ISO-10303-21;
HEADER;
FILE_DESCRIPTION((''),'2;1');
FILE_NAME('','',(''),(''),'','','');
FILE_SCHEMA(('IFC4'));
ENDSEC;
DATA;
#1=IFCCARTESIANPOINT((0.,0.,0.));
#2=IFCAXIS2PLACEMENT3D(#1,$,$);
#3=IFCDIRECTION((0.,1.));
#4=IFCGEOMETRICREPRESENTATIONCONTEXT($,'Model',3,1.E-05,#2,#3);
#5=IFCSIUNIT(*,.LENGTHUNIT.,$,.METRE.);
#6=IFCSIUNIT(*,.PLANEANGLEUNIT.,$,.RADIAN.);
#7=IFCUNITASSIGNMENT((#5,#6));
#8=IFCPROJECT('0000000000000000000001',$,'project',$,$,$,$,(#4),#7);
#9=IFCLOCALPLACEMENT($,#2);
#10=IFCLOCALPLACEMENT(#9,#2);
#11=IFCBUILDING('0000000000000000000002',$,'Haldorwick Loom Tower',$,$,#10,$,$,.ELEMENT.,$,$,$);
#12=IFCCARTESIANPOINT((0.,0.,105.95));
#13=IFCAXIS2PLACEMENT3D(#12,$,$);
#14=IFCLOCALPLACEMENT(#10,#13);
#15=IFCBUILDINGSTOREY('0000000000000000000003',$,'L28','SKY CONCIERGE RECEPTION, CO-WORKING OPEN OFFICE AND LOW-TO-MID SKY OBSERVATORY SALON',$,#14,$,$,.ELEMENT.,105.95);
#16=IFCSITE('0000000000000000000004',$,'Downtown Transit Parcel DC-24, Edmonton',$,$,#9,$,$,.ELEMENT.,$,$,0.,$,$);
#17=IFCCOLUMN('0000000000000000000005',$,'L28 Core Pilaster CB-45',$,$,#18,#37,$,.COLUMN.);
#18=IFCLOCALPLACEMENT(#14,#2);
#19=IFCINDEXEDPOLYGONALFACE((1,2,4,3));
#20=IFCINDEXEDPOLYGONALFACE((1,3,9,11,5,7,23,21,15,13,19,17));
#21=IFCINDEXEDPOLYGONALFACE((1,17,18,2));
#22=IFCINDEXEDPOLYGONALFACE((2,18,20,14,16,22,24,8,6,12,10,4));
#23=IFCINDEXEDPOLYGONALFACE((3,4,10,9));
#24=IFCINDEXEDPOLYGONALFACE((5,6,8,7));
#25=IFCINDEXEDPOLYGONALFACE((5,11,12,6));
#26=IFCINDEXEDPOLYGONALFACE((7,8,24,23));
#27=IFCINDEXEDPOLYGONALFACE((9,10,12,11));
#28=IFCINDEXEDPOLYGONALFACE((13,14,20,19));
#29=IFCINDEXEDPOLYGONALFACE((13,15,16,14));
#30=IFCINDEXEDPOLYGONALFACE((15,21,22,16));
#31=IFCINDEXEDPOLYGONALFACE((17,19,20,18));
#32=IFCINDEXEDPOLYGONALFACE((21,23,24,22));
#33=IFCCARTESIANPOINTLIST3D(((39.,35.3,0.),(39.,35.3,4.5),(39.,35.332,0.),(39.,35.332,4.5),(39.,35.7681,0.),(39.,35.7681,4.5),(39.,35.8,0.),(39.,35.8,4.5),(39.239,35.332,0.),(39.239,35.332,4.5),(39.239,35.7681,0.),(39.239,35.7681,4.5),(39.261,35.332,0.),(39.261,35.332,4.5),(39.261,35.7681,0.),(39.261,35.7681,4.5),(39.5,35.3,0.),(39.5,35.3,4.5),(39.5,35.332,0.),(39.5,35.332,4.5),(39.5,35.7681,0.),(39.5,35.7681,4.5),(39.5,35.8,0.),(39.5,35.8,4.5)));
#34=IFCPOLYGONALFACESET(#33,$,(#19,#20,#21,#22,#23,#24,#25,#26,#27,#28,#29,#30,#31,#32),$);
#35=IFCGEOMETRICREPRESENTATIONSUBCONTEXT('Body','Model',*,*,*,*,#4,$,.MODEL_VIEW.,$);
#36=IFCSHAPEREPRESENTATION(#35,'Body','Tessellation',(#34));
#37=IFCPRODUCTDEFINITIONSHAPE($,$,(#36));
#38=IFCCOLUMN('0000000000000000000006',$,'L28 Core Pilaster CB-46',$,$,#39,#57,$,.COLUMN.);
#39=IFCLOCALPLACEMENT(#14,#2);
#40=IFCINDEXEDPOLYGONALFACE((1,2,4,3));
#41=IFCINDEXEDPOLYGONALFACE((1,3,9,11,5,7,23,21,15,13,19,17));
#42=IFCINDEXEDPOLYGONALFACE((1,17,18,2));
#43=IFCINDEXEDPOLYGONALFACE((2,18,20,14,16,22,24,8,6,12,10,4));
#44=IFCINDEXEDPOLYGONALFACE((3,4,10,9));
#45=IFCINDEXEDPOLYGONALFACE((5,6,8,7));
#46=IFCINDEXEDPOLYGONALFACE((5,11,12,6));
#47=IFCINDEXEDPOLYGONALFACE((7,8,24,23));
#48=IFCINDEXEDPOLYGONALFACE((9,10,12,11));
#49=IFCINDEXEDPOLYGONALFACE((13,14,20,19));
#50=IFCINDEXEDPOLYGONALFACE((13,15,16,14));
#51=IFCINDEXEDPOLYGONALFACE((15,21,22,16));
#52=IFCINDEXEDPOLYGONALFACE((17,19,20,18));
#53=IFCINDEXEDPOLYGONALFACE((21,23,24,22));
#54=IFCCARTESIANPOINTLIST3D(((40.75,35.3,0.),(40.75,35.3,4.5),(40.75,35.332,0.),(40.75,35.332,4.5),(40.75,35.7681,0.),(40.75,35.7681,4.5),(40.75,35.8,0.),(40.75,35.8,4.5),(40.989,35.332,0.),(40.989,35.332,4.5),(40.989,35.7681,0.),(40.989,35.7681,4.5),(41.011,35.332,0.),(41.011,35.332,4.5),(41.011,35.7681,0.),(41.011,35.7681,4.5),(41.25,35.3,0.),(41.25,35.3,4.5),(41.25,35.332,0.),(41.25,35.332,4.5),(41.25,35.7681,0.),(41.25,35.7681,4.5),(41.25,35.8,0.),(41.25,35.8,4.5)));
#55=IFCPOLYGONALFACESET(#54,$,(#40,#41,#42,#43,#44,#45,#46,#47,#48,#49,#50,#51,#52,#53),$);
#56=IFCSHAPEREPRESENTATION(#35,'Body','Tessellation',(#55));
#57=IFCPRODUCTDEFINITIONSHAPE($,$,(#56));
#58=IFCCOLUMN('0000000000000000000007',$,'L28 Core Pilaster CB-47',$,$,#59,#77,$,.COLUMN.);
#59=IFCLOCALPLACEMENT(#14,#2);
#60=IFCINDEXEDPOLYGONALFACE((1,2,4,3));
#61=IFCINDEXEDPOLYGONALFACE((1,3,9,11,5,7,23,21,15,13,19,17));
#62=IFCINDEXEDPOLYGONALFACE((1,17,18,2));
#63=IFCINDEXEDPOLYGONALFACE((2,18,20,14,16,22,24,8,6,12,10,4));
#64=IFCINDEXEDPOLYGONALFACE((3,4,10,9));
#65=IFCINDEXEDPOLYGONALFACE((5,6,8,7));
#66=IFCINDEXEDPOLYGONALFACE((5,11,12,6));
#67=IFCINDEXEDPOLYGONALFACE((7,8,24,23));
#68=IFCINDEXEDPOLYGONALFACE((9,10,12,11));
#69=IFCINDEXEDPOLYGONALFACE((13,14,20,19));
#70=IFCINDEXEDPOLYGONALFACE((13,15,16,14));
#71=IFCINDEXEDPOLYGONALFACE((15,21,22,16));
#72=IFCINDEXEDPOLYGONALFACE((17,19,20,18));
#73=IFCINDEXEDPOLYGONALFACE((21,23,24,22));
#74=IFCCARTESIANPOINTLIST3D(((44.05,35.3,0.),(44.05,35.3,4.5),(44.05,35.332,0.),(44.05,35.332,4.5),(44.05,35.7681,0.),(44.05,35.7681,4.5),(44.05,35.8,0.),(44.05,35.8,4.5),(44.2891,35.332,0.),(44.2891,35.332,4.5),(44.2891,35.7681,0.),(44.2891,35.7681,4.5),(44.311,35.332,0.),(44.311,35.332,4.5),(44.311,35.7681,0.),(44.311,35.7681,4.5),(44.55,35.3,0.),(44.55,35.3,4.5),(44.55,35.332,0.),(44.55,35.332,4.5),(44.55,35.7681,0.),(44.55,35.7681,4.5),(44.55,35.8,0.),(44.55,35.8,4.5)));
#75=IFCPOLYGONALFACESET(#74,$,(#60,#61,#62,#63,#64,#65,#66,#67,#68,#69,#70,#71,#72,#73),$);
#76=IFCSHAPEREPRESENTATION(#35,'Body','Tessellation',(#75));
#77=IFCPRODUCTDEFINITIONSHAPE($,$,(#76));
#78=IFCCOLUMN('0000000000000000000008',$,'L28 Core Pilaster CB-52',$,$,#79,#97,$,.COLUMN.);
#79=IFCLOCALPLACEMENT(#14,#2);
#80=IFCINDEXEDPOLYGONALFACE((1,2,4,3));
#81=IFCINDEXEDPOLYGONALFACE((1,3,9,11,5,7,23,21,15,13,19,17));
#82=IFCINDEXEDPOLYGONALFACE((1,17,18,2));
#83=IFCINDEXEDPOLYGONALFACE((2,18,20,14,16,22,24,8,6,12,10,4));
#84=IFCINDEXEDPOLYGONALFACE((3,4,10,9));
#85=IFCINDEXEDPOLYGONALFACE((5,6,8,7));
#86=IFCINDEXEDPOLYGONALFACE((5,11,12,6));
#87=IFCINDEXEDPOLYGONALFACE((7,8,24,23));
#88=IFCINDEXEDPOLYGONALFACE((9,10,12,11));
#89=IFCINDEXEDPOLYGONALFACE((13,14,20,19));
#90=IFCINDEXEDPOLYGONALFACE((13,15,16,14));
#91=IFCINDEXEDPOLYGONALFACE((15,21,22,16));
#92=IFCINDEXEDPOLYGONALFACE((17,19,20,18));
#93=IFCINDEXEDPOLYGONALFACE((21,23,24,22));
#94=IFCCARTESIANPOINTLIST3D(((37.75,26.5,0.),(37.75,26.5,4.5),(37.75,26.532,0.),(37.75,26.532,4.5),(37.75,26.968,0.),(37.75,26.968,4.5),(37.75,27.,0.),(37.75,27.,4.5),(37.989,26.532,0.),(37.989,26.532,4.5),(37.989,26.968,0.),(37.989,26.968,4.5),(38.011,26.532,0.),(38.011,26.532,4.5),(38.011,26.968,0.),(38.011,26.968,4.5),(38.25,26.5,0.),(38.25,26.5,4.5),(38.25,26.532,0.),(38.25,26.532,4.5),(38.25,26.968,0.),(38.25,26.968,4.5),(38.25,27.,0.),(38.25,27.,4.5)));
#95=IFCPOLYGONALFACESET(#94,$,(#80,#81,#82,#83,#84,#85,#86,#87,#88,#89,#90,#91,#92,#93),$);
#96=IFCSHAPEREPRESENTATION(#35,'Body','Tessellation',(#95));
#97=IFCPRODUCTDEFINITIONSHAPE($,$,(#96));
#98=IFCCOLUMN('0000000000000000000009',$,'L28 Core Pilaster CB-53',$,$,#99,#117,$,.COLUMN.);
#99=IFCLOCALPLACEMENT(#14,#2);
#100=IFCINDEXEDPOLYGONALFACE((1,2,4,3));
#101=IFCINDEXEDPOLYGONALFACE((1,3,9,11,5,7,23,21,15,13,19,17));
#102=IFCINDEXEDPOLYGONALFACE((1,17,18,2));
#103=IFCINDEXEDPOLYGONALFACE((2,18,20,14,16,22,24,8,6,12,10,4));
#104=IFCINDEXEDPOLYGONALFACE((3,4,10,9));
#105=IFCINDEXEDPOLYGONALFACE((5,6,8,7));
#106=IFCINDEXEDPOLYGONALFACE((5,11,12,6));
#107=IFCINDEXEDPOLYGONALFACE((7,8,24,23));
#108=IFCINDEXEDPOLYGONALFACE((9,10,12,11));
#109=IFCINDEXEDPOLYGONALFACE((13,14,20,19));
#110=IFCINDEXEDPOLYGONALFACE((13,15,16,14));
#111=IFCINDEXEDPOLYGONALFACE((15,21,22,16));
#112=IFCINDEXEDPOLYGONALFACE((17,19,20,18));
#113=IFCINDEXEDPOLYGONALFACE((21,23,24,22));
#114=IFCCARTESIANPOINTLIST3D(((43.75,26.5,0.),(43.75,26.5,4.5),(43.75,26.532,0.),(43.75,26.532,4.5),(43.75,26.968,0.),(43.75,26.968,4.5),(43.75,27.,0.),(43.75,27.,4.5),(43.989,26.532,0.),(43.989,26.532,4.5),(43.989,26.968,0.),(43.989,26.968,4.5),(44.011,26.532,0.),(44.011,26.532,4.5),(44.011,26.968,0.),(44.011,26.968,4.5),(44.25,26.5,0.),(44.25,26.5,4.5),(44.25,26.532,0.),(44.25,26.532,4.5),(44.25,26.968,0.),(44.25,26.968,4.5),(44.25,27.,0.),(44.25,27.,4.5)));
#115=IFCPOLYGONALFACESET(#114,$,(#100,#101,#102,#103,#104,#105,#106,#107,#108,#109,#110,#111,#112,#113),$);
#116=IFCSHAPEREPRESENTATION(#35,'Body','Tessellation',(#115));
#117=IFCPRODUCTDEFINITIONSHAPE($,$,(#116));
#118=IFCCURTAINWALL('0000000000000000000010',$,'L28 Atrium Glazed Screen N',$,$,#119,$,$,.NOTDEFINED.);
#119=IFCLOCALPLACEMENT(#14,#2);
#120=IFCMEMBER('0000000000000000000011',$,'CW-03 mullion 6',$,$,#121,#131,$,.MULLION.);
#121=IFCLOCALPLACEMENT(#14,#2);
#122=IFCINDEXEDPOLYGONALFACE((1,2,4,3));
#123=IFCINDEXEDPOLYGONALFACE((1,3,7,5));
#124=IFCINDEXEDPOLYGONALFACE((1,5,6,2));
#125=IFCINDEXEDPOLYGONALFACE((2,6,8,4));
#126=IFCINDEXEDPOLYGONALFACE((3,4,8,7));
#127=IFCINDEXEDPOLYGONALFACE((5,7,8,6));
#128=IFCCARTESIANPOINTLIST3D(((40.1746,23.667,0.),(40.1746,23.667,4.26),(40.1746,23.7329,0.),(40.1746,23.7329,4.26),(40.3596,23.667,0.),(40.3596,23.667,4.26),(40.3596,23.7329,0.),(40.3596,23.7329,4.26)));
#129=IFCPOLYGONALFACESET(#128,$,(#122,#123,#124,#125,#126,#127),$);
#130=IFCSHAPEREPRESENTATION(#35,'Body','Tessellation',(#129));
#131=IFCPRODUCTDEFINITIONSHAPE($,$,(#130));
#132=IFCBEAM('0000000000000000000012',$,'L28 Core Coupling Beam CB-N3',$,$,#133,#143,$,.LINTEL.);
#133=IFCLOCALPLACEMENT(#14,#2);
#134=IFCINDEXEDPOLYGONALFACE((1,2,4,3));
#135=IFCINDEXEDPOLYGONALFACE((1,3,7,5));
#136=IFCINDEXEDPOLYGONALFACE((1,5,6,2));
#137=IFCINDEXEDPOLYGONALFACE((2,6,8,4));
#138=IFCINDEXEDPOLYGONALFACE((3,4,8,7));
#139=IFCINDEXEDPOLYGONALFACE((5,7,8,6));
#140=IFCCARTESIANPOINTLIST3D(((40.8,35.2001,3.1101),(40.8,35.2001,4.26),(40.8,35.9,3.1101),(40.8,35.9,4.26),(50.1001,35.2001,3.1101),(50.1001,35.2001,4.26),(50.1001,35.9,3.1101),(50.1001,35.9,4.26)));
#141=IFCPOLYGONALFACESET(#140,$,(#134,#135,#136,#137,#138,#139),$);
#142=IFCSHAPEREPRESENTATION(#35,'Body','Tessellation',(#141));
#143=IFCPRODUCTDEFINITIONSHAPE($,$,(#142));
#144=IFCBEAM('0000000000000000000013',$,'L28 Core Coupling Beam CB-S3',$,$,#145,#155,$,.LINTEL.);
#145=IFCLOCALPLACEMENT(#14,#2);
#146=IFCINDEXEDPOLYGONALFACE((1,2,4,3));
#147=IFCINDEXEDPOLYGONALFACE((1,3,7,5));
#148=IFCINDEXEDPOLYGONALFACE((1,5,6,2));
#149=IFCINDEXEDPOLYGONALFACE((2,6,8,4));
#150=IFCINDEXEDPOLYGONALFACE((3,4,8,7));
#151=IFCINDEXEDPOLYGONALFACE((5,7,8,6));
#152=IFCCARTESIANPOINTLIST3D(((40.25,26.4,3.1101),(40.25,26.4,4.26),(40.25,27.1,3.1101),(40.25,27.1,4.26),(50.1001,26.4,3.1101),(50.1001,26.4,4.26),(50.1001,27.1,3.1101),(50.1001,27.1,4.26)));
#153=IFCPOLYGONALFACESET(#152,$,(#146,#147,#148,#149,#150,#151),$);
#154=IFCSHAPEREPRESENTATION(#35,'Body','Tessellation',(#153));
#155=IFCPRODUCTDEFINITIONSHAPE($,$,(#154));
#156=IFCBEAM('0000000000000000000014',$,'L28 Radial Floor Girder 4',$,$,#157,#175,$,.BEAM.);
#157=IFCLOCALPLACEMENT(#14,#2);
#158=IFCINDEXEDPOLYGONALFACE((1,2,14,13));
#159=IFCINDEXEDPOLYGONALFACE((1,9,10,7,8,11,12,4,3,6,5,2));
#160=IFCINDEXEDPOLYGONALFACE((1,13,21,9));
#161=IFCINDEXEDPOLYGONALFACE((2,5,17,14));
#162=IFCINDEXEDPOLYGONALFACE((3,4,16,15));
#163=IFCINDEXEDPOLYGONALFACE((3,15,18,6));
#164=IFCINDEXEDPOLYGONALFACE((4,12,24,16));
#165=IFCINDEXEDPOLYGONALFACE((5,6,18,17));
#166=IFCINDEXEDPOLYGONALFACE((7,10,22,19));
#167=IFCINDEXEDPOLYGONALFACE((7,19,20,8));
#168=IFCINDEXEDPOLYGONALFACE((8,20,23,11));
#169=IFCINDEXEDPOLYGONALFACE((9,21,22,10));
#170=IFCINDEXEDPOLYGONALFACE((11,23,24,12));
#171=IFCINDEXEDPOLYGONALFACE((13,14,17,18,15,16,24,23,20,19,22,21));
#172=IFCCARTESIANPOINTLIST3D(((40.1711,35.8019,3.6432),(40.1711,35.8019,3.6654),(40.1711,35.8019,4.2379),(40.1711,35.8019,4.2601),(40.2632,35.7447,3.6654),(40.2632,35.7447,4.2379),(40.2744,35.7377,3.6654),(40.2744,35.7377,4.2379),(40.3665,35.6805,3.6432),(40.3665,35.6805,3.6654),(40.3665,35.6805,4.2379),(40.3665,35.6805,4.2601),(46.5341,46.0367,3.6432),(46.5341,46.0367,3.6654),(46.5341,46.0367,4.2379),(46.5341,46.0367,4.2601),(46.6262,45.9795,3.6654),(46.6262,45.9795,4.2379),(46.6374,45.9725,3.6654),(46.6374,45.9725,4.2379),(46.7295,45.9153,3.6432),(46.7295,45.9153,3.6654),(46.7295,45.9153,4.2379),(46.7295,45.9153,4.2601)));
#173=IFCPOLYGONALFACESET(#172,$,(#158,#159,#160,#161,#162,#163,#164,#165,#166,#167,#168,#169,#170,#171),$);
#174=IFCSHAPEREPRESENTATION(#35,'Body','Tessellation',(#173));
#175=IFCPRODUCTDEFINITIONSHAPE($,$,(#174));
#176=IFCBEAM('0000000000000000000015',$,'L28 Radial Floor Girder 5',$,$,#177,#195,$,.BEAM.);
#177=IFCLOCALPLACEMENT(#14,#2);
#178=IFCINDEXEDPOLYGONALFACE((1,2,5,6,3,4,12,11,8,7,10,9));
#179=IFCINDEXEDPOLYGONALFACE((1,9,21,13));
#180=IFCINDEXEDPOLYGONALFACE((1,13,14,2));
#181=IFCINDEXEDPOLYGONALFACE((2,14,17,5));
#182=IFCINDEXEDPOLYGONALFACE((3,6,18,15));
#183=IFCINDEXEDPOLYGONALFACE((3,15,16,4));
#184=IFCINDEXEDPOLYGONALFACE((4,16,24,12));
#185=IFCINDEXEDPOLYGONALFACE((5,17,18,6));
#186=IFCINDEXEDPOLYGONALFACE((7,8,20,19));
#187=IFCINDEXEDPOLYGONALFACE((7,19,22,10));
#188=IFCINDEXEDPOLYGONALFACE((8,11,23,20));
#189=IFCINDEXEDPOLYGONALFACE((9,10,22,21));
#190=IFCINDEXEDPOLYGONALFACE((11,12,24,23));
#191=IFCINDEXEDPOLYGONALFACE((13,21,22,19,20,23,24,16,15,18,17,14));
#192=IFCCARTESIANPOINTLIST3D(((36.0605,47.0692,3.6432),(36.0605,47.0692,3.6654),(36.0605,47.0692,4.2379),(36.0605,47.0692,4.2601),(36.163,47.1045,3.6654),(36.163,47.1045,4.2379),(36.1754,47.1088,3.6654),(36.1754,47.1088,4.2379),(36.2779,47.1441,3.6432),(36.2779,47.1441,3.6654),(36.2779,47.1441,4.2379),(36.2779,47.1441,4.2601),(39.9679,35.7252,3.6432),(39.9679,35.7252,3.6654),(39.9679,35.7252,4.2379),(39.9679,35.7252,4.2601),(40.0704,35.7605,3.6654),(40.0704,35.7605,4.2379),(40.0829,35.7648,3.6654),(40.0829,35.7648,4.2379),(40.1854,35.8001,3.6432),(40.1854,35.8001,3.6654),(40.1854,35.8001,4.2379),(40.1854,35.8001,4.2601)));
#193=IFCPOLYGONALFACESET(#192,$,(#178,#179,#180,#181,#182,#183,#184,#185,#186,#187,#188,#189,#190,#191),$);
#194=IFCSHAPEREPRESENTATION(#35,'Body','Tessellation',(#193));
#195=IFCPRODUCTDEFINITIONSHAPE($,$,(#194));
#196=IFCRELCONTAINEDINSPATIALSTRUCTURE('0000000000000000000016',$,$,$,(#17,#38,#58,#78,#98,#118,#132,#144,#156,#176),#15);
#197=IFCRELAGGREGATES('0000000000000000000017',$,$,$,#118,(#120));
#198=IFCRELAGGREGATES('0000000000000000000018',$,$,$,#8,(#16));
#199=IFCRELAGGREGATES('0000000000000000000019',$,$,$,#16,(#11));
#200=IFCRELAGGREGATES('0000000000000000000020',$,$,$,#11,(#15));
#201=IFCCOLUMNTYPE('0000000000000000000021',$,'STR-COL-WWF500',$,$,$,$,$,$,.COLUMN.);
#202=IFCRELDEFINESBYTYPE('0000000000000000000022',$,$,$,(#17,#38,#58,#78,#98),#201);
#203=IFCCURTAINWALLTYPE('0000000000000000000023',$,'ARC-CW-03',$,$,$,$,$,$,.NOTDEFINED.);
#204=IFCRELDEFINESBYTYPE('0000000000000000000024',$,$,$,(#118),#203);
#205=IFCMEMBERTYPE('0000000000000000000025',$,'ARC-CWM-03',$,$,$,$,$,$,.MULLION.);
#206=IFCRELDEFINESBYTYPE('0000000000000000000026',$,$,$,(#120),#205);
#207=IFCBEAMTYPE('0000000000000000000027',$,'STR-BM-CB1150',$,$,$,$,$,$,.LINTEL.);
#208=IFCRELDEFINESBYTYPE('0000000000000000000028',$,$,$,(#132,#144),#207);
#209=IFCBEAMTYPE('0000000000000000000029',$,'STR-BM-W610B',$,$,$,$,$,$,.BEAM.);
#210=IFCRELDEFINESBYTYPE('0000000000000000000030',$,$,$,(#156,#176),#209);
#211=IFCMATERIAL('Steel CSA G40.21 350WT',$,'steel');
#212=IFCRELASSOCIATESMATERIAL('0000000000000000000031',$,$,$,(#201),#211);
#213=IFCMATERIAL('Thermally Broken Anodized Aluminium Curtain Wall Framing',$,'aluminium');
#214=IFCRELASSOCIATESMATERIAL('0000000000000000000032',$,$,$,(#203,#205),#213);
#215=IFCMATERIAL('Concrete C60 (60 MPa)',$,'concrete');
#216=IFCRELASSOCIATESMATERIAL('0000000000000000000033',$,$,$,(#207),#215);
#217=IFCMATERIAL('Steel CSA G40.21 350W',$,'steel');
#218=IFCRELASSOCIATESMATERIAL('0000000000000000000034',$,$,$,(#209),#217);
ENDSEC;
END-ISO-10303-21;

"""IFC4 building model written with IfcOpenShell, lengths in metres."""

from ifc_helpers import new_model, si_unit, direction, frame, origin, origin_2d, place, context, subcontext, project, spatial, rectangle, i_section, extrude, material, material_profile, profile_set, type_object, element, aggregate, save


model = new_model("IFC4")

# Units and contexts
model_context = context("Model", 3, precision=1e-05, world=origin(), true_north=direction((0.0, 1.0)))
body_context = subcontext(model_context, "Body", "Model", "MODEL_VIEW")
ifc_project = project(units=[si_unit("LENGTHUNIT", "METRE"), si_unit("PLANEANGLEUNIT", "RADIAN")], contexts=[model_context])

# Site, building, storey
site_placement = place(None, origin())
site = spatial("IfcSite", under=ifc_project, at=site_placement, Name="Downtown Transit Parcel DC-24, Edmonton", CompositionType="ELEMENT", RefElevation=0.0)
building_placement = place(site_placement, origin())
building = spatial("IfcBuilding", under=site, at=building_placement, Name="Haldorwick Loom Tower", CompositionType="ELEMENT")
storey_placement = place(building_placement, frame((0.0, 0.0, 105.95)))
storey = spatial("IfcBuildingStorey", under=building, at=storey_placement, Name="L28", Description="SKY CONCIERGE RECEPTION, CO-WORKING OPEN OFFICE AND LOW-TO-MID SKY OBSERVATORY SALON", CompositionType="ELEMENT", Elevation=105.95)

# Columns
ifc_material_1 = material(Name="Steel CSA G40.21 350WT", Category="steel")
ifc_material_profile_1 = material_profile(ifc_material_1, i_section(OverallWidth=0.5, OverallDepth=0.5, WebThickness=0.022, FlangeThickness=0.032, at=origin_2d()), Name="WWF500X500", Category="steel")
ifc_profile_set_1 = profile_set([ifc_material_profile_1], Name="Steel CSA G40.21 350WT")
column_type = type_object("IfcColumnType", Name="STR-COL-WWF500", PredefinedType="COLUMN", material=ifc_profile_set_1)
for number, where, z_axis, x_axis, name in (
    (1, (39.25, 35.55, 0.0), (0.0, 0.0, 1.0), (1.0, 0.0, 0.0), "L28 Core Pilaster CB-45"),
    (2, (41.0, 35.55, 0.0), (0.0, 0.0, 1.0), (1.0, 0.0, 0.0), "L28 Core Pilaster CB-46"),
    (3, (44.3, 35.55, 0.0), (0.0, 0.0, 1.0), (1.0, 0.0, 0.0), "L28 Core Pilaster CB-47"),
    (4, (38.0, 26.75, 0.0), (0.0, 0.0, 1.0), (1.0, 0.0, 0.0), "L28 Core Pilaster CB-52"),
    (5, (44.0, 26.75, 0.0), (0.0, 0.0, 1.0), (1.0, 0.0, 0.0), "L28 Core Pilaster CB-53"),
):
    element("IfcColumn", number, at=place(storey_placement, frame(where, z_axis=z_axis, x_axis=x_axis)), inside=storey, type_object=column_type, Name=name, PredefinedType="COLUMN", context=body_context, shape_type="SweptSolid", body=[
        extrude(i_section(OverallWidth=0.5, OverallDepth=0.5, WebThickness=0.022, FlangeThickness=0.032, at=origin_2d()), origin(), (0.0, 0.0, 1.0), 4.5),
    ])

# Curtain wall, member
ifc_material_2 = material(Name="Thermally Broken Anodized Aluminium Curtain Wall Framing", Category="aluminium")
curtain_wall_type = type_object("IfcCurtainWallType", Name="ARC-CW-03", PredefinedType="NOTDEFINED", material=ifc_material_2)
curtain_wall_placement = place(storey_placement, origin())
curtain_wall = element("IfcCurtainWall", 6, at=curtain_wall_placement, inside=storey, type_object=curtain_wall_type, Name="L28 Atrium Glazed Screen N", PredefinedType="NOTDEFINED")
ifc_material_profile_2 = material_profile(ifc_material_2, rectangle(XDim=0.0659, YDim=0.1851, at=origin_2d()), Name="ALU_MUL_66X185", Category="aluminium")
ifc_profile_set_2 = profile_set([ifc_material_profile_2], Name="Thermally Broken Anodized Aluminium Curtain Wall Framing")
member_type = type_object("IfcMemberType", Name="ARC-CWM-03", PredefinedType="MULLION", material=ifc_profile_set_2)
member_placement = place(storey_placement, frame((40.2671, 23.7, 0.0), z_axis=(0.0, 0.0, 1.0), x_axis=(0.0, 1.0, 0.0)))
member = element("IfcMember", 7, at=member_placement, type_object=member_type, Name="CW-03 mullion 6", PredefinedType="MULLION", context=body_context, shape_type="SweptSolid", body=[
    extrude(rectangle(XDim=0.0659, YDim=0.1851, at=origin_2d()), origin(), (0.0, 0.0, 1.0), 4.26),
])

# Beams
ifc_material_3 = material(Name="Concrete C60 (60 MPa)", Category="concrete")
ifc_material_profile_3 = material_profile(ifc_material_3, rectangle(XDim=0.7, YDim=1.1499, at=origin_2d()), Name="RC700X1150", Category="concrete")
ifc_profile_set_3 = profile_set([ifc_material_profile_3], Name="Concrete C60 (60 MPa)")
beam_type_1 = type_object("IfcBeamType", Name="STR-BM-CB1150", PredefinedType="LINTEL", material=ifc_profile_set_3)
beam_1_placement = place(storey_placement, frame((40.8, 35.55, 3.6851), z_axis=(1.0, 0.0, 0.0), x_axis=(0.0, 1.0, 0.0)))
element("IfcBeam", 8, at=beam_1_placement, inside=storey, type_object=beam_type_1, Name="L28 Core Coupling Beam CB-N3", PredefinedType="LINTEL", context=body_context, shape_type="SweptSolid", body=[
    extrude(rectangle(XDim=0.7, YDim=1.1499, at=origin_2d()), origin(), (0.0, 0.0, 1.0), 9.3),
])
beam_2_placement = place(storey_placement, frame((40.25, 26.75, 3.6851), z_axis=(1.0, 0.0, 0.0), x_axis=(0.0, 1.0, 0.0)))
element("IfcBeam", 9, at=beam_2_placement, inside=storey, type_object=beam_type_1, Name="L28 Core Coupling Beam CB-S3", PredefinedType="LINTEL", context=body_context, shape_type="SweptSolid", body=[
    extrude(rectangle(XDim=0.7, YDim=1.1499, at=origin_2d()), origin(), (0.0, 0.0, 1.0), 9.8501),
])
ifc_material_4 = material(Name="Steel CSA G40.21 350W", Category="steel")
ifc_material_profile_4 = material_profile(ifc_material_4, i_section(OverallWidth=0.23, OverallDepth=0.6169, WebThickness=0.0132, FlangeThickness=0.0222, at=origin_2d()), Name="W610X140", Category="steel")
ifc_profile_set_4 = profile_set([ifc_material_profile_4], Name="Steel CSA G40.21 350W")
beam_type_2 = type_object("IfcBeamType", Name="STR-BM-W610B", PredefinedType="BEAM", material=ifc_profile_set_4)
beam_3_placement = place(storey_placement, frame((40.2688, 35.7412, 3.9517), z_axis=(0.527983, 0.849255, 0.0), x_axis=(-0.849255, 0.527983, 0.0)))
element("IfcBeam", 10, at=beam_3_placement, inside=storey, type_object=beam_type_2, Name="L28 Radial Floor Girder 4", PredefinedType="BEAM", context=body_context, shape_type="SweptSolid", body=[
    extrude(i_section(OverallWidth=0.23, OverallDepth=0.6169, WebThickness=0.0132, FlangeThickness=0.0222, at=origin_2d()), origin(), (0.0, 0.0, 1.0), 12.0515),
])
beam_4_placement = place(storey_placement, frame((40.0767, 35.7627, 3.9517), z_axis=(-0.325674, 0.945482, 0.0), x_axis=(-0.945482, -0.325674, 0.0)))
element("IfcBeam", 11, at=beam_4_placement, inside=storey, type_object=beam_type_2, Name="L28 Radial Floor Girder 5", PredefinedType="BEAM", context=body_context, shape_type="SweptSolid", body=[
    extrude(i_section(OverallWidth=0.23, OverallDepth=0.6169, WebThickness=0.0132, FlangeThickness=0.0222, at=origin_2d()), origin(), (0.0, 0.0, 1.0), 11.998),
])

aggregate(curtain_wall, [member])

save(model, "model.ifc")
